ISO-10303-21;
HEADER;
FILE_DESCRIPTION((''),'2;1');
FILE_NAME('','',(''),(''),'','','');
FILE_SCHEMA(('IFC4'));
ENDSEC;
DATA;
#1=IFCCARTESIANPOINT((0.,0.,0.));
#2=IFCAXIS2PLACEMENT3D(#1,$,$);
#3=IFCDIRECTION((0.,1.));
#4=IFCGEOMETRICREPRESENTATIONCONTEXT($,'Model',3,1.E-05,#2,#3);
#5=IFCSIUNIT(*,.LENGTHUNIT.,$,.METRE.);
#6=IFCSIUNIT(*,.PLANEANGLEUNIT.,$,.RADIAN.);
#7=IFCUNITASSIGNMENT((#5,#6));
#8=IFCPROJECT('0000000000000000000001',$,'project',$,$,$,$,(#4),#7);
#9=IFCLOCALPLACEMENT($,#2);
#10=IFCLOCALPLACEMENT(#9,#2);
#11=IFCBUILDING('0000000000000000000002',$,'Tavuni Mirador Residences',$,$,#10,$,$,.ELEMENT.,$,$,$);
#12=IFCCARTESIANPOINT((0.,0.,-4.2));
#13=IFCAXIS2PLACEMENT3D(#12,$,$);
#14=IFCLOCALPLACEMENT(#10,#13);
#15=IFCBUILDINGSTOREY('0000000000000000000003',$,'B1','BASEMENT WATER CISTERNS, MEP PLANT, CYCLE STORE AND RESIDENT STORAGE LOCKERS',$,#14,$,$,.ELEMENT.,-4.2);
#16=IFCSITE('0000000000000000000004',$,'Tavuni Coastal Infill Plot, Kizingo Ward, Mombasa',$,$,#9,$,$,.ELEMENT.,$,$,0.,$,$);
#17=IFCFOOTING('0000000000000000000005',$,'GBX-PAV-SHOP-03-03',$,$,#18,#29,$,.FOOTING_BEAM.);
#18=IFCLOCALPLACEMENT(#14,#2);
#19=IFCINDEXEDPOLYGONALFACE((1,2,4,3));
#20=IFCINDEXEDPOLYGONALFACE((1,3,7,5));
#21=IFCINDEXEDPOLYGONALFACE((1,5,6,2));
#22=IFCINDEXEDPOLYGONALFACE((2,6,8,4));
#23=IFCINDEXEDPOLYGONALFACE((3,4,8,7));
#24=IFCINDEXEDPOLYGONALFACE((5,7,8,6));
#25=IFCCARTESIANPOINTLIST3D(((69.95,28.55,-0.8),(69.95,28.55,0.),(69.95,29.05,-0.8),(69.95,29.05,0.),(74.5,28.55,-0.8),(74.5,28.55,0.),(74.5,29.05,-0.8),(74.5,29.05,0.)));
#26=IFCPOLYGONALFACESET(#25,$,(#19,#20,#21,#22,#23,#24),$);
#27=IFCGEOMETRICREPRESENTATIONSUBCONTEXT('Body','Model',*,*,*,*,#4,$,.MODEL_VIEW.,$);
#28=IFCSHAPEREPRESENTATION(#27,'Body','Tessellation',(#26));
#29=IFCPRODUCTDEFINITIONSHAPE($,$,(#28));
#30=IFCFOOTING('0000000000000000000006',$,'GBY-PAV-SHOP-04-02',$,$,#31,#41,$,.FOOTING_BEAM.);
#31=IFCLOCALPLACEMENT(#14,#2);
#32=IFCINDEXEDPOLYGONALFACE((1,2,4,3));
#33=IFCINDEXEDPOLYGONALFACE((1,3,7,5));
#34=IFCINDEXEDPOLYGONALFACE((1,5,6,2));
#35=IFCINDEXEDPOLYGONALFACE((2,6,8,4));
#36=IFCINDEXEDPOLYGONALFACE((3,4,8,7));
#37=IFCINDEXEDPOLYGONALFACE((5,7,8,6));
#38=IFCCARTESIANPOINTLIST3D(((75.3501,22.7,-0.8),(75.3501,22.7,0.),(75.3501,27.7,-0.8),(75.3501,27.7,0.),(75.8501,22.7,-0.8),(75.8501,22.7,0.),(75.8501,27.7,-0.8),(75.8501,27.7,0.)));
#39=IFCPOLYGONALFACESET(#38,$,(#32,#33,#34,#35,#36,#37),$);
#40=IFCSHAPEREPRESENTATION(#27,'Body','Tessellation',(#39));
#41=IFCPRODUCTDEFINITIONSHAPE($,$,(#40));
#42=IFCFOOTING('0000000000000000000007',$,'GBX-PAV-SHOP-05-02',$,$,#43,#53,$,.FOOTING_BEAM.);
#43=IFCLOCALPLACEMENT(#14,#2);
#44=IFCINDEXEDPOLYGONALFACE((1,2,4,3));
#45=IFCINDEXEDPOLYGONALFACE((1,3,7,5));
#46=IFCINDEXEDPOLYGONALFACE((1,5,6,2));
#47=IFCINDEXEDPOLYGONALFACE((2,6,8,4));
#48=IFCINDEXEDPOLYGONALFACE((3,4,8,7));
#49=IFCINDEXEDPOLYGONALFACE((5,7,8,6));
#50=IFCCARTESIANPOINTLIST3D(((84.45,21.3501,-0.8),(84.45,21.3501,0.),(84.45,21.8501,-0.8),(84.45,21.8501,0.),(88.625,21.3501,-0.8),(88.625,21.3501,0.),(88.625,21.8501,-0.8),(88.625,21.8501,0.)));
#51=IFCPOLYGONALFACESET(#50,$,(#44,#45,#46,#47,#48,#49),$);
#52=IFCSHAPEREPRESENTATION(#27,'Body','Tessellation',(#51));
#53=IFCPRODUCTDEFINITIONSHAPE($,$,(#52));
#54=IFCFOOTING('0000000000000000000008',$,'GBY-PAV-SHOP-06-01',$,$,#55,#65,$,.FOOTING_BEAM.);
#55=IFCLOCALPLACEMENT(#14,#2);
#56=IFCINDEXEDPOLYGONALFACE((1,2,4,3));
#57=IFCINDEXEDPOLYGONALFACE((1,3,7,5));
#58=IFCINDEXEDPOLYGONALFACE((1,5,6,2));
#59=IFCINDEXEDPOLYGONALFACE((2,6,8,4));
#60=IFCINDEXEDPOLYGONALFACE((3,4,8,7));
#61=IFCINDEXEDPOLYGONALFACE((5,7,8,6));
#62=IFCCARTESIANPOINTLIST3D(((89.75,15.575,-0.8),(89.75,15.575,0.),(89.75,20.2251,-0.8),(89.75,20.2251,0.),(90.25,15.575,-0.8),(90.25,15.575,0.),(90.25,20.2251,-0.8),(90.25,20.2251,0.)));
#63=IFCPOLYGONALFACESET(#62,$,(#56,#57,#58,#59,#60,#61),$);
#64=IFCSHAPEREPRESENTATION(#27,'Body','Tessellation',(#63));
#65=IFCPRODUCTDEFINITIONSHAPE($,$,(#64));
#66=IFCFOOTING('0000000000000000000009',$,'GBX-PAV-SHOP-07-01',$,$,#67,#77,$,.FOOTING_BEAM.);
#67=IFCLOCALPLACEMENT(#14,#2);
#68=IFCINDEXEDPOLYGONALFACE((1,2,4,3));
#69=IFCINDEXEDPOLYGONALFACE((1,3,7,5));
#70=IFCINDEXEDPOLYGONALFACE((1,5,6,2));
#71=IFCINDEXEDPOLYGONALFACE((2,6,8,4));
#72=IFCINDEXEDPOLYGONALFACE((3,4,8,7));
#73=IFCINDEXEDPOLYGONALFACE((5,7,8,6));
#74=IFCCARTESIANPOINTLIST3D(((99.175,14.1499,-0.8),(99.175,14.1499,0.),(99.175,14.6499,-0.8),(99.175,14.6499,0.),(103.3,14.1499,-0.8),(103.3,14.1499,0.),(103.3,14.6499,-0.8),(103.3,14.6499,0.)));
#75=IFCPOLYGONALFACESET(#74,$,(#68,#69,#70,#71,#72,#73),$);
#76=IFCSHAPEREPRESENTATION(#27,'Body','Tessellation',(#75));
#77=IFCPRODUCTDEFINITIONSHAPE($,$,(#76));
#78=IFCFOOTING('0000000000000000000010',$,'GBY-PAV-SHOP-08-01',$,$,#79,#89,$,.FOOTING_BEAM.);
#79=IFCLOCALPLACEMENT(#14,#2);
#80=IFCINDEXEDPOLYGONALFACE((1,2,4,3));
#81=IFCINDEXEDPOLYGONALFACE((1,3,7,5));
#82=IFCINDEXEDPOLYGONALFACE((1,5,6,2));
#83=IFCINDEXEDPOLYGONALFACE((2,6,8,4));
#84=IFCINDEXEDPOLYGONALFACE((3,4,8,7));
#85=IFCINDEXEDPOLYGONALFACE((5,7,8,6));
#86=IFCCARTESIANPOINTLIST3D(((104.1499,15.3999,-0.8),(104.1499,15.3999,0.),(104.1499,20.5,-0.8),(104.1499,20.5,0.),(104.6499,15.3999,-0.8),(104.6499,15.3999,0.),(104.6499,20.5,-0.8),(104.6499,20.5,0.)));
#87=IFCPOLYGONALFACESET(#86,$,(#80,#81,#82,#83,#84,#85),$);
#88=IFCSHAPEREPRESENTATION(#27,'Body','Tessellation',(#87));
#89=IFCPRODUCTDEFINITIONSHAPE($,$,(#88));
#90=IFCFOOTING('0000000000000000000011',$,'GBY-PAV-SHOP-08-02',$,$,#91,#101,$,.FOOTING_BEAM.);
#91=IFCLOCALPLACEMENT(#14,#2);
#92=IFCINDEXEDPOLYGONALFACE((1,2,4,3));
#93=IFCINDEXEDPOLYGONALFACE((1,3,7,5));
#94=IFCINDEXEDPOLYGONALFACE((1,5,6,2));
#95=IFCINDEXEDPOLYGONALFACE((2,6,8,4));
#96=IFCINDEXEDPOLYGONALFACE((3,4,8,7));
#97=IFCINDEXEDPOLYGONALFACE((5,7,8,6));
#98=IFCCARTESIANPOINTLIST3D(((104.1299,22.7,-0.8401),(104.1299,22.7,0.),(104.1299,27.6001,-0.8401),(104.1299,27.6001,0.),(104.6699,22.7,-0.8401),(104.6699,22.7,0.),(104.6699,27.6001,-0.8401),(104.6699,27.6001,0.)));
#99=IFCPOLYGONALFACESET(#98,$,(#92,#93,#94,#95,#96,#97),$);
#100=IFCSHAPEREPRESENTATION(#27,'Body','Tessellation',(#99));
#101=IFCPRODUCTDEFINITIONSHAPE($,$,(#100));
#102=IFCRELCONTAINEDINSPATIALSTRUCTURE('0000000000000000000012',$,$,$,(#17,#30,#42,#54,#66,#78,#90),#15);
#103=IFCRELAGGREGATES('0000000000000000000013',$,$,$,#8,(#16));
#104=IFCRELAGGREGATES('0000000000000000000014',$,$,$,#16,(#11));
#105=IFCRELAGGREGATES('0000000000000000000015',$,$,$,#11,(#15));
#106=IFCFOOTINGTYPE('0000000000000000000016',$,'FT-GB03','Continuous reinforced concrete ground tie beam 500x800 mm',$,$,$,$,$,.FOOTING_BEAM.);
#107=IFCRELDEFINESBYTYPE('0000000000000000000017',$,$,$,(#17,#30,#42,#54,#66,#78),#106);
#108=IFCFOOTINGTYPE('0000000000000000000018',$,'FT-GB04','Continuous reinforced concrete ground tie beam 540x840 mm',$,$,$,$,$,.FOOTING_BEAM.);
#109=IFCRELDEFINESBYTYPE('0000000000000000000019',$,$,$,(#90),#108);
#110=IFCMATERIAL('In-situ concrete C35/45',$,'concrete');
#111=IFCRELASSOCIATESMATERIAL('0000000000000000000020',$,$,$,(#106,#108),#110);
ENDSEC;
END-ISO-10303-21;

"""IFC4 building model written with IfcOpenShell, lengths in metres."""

from ifc_helpers import new_model, si_unit, direction, frame, origin, place, context, subcontext, project, spatial, polyline, outline, extrude, material, type_object, element, save


model = new_model("IFC4")

# Units and contexts
model_context = context("Model", 3, precision=1e-05, world=origin(), true_north=direction((0.0, 1.0)))
body_context = subcontext(model_context, "Body", "Model", "MODEL_VIEW")
ifc_project = project(units=[si_unit("LENGTHUNIT", "METRE"), si_unit("PLANEANGLEUNIT", "RADIAN")], contexts=[model_context])

# Site, building, storey
site_placement = place(None, origin())
site = spatial("IfcSite", under=ifc_project, at=site_placement, Name="Tavuni Coastal Infill Plot, Kizingo Ward, Mombasa", CompositionType="ELEMENT", RefElevation=0.0)
building_placement = place(site_placement, origin())
building = spatial("IfcBuilding", under=site, at=building_placement, Name="Tavuni Mirador Residences", CompositionType="ELEMENT")
storey_placement = place(building_placement, frame((0.0, 0.0, -4.2)))
storey = spatial("IfcBuildingStorey", under=building, at=storey_placement, Name="B1", Description="BASEMENT WATER CISTERNS, MEP PLANT, CYCLE STORE AND RESIDENT STORAGE LOCKERS", CompositionType="ELEMENT", Elevation=-4.2)

# Footings
ifc_material = material(Name="In-situ concrete C35/45", Category="concrete")
footing_type_1 = type_object("IfcFootingType", Name="FT-GB03", Description="Continuous reinforced concrete ground tie beam 500x800 mm", PredefinedType="FOOTING_BEAM", material=ifc_material)
footing_1_placement = place(storey_placement, frame((0.0, 0.0, -0.8)))
element("IfcFooting", 1, at=footing_1_placement, inside=storey, type_object=footing_type_1, Name="GBX-PAV-SHOP-03-03", PredefinedType="FOOTING_BEAM", context=body_context, shape_type="SweptSolid", body=[
    extrude(outline(polyline([(69.95, 28.55), (74.5, 28.55), (74.5, 29.05), (69.95, 29.05), (69.95, 28.55)])), origin(), (0.0, 0.0, 1.0), 0.8),
])
footing_2_placement = place(storey_placement, frame((0.0, 0.0, -0.8)))
element("IfcFooting", 2, at=footing_2_placement, inside=storey, type_object=footing_type_1, Name="GBY-PAV-SHOP-04-02", PredefinedType="FOOTING_BEAM", context=body_context, shape_type="SweptSolid", body=[
    extrude(outline(polyline([(75.3501, 22.7), (75.8501, 22.7), (75.8501, 27.7), (75.3501, 27.7), (75.3501, 22.7)])), origin(), (0.0, 0.0, 1.0), 0.8),
])
footing_3_placement = place(storey_placement, frame((0.0, 0.0, -0.8)))
element("IfcFooting", 3, at=footing_3_placement, inside=storey, type_object=footing_type_1, Name="GBX-PAV-SHOP-05-02", PredefinedType="FOOTING_BEAM", context=body_context, shape_type="SweptSolid", body=[
    extrude(outline(polyline([(84.45, 21.3501), (88.625, 21.3501), (88.625, 21.8501), (84.45, 21.8501), (84.45, 21.3501)])), origin(), (0.0, 0.0, 1.0), 0.8),
])
footing_4_placement = place(storey_placement, frame((0.0, 0.0, -0.8)))
element("IfcFooting", 4, at=footing_4_placement, inside=storey, type_object=footing_type_1, Name="GBY-PAV-SHOP-06-01", PredefinedType="FOOTING_BEAM", context=body_context, shape_type="SweptSolid", body=[
    extrude(outline(polyline([(89.75, 15.575), (90.25, 15.575), (90.25, 20.2251), (89.75, 20.2251), (89.75, 15.575)])), origin(), (0.0, 0.0, 1.0), 0.8),
])
footing_5_placement = place(storey_placement, frame((0.0, 0.0, -0.8)))
element("IfcFooting", 5, at=footing_5_placement, inside=storey, type_object=footing_type_1, Name="GBX-PAV-SHOP-07-01", PredefinedType="FOOTING_BEAM", context=body_context, shape_type="SweptSolid", body=[
    extrude(outline(polyline([(99.175, 14.1499), (103.3, 14.1499), (103.3, 14.6499), (99.175, 14.6499), (99.175, 14.1499)])), origin(), (0.0, 0.0, 1.0), 0.8),
])
footing_6_placement = place(storey_placement, frame((0.0, 0.0, -0.8)))
element("IfcFooting", 6, at=footing_6_placement, inside=storey, type_object=footing_type_1, Name="GBY-PAV-SHOP-08-01", PredefinedType="FOOTING_BEAM", context=body_context, shape_type="SweptSolid", body=[
    extrude(outline(polyline([(104.1499, 15.3999), (104.6499, 15.3999), (104.6499, 20.5), (104.1499, 20.5), (104.1499, 15.3999)])), origin(), (0.0, 0.0, 1.0), 0.8),
])
footing_type_2 = type_object("IfcFootingType", Name="FT-GB04", Description="Continuous reinforced concrete ground tie beam 540x840 mm", PredefinedType="FOOTING_BEAM", material=ifc_material)
footing_7_placement = place(storey_placement, frame((0.0, 0.0, -0.8401)))
element("IfcFooting", 7, at=footing_7_placement, inside=storey, type_object=footing_type_2, Name="GBY-PAV-SHOP-08-02", PredefinedType="FOOTING_BEAM", context=body_context, shape_type="SweptSolid", body=[
    extrude(outline(polyline([(104.1299, 22.7), (104.6699, 22.7), (104.6699, 27.6001), (104.1299, 27.6001), (104.1299, 22.7)])), origin(), (0.0, 0.0, 1.0), 0.8401),
])

save(model, "model.ifc")
